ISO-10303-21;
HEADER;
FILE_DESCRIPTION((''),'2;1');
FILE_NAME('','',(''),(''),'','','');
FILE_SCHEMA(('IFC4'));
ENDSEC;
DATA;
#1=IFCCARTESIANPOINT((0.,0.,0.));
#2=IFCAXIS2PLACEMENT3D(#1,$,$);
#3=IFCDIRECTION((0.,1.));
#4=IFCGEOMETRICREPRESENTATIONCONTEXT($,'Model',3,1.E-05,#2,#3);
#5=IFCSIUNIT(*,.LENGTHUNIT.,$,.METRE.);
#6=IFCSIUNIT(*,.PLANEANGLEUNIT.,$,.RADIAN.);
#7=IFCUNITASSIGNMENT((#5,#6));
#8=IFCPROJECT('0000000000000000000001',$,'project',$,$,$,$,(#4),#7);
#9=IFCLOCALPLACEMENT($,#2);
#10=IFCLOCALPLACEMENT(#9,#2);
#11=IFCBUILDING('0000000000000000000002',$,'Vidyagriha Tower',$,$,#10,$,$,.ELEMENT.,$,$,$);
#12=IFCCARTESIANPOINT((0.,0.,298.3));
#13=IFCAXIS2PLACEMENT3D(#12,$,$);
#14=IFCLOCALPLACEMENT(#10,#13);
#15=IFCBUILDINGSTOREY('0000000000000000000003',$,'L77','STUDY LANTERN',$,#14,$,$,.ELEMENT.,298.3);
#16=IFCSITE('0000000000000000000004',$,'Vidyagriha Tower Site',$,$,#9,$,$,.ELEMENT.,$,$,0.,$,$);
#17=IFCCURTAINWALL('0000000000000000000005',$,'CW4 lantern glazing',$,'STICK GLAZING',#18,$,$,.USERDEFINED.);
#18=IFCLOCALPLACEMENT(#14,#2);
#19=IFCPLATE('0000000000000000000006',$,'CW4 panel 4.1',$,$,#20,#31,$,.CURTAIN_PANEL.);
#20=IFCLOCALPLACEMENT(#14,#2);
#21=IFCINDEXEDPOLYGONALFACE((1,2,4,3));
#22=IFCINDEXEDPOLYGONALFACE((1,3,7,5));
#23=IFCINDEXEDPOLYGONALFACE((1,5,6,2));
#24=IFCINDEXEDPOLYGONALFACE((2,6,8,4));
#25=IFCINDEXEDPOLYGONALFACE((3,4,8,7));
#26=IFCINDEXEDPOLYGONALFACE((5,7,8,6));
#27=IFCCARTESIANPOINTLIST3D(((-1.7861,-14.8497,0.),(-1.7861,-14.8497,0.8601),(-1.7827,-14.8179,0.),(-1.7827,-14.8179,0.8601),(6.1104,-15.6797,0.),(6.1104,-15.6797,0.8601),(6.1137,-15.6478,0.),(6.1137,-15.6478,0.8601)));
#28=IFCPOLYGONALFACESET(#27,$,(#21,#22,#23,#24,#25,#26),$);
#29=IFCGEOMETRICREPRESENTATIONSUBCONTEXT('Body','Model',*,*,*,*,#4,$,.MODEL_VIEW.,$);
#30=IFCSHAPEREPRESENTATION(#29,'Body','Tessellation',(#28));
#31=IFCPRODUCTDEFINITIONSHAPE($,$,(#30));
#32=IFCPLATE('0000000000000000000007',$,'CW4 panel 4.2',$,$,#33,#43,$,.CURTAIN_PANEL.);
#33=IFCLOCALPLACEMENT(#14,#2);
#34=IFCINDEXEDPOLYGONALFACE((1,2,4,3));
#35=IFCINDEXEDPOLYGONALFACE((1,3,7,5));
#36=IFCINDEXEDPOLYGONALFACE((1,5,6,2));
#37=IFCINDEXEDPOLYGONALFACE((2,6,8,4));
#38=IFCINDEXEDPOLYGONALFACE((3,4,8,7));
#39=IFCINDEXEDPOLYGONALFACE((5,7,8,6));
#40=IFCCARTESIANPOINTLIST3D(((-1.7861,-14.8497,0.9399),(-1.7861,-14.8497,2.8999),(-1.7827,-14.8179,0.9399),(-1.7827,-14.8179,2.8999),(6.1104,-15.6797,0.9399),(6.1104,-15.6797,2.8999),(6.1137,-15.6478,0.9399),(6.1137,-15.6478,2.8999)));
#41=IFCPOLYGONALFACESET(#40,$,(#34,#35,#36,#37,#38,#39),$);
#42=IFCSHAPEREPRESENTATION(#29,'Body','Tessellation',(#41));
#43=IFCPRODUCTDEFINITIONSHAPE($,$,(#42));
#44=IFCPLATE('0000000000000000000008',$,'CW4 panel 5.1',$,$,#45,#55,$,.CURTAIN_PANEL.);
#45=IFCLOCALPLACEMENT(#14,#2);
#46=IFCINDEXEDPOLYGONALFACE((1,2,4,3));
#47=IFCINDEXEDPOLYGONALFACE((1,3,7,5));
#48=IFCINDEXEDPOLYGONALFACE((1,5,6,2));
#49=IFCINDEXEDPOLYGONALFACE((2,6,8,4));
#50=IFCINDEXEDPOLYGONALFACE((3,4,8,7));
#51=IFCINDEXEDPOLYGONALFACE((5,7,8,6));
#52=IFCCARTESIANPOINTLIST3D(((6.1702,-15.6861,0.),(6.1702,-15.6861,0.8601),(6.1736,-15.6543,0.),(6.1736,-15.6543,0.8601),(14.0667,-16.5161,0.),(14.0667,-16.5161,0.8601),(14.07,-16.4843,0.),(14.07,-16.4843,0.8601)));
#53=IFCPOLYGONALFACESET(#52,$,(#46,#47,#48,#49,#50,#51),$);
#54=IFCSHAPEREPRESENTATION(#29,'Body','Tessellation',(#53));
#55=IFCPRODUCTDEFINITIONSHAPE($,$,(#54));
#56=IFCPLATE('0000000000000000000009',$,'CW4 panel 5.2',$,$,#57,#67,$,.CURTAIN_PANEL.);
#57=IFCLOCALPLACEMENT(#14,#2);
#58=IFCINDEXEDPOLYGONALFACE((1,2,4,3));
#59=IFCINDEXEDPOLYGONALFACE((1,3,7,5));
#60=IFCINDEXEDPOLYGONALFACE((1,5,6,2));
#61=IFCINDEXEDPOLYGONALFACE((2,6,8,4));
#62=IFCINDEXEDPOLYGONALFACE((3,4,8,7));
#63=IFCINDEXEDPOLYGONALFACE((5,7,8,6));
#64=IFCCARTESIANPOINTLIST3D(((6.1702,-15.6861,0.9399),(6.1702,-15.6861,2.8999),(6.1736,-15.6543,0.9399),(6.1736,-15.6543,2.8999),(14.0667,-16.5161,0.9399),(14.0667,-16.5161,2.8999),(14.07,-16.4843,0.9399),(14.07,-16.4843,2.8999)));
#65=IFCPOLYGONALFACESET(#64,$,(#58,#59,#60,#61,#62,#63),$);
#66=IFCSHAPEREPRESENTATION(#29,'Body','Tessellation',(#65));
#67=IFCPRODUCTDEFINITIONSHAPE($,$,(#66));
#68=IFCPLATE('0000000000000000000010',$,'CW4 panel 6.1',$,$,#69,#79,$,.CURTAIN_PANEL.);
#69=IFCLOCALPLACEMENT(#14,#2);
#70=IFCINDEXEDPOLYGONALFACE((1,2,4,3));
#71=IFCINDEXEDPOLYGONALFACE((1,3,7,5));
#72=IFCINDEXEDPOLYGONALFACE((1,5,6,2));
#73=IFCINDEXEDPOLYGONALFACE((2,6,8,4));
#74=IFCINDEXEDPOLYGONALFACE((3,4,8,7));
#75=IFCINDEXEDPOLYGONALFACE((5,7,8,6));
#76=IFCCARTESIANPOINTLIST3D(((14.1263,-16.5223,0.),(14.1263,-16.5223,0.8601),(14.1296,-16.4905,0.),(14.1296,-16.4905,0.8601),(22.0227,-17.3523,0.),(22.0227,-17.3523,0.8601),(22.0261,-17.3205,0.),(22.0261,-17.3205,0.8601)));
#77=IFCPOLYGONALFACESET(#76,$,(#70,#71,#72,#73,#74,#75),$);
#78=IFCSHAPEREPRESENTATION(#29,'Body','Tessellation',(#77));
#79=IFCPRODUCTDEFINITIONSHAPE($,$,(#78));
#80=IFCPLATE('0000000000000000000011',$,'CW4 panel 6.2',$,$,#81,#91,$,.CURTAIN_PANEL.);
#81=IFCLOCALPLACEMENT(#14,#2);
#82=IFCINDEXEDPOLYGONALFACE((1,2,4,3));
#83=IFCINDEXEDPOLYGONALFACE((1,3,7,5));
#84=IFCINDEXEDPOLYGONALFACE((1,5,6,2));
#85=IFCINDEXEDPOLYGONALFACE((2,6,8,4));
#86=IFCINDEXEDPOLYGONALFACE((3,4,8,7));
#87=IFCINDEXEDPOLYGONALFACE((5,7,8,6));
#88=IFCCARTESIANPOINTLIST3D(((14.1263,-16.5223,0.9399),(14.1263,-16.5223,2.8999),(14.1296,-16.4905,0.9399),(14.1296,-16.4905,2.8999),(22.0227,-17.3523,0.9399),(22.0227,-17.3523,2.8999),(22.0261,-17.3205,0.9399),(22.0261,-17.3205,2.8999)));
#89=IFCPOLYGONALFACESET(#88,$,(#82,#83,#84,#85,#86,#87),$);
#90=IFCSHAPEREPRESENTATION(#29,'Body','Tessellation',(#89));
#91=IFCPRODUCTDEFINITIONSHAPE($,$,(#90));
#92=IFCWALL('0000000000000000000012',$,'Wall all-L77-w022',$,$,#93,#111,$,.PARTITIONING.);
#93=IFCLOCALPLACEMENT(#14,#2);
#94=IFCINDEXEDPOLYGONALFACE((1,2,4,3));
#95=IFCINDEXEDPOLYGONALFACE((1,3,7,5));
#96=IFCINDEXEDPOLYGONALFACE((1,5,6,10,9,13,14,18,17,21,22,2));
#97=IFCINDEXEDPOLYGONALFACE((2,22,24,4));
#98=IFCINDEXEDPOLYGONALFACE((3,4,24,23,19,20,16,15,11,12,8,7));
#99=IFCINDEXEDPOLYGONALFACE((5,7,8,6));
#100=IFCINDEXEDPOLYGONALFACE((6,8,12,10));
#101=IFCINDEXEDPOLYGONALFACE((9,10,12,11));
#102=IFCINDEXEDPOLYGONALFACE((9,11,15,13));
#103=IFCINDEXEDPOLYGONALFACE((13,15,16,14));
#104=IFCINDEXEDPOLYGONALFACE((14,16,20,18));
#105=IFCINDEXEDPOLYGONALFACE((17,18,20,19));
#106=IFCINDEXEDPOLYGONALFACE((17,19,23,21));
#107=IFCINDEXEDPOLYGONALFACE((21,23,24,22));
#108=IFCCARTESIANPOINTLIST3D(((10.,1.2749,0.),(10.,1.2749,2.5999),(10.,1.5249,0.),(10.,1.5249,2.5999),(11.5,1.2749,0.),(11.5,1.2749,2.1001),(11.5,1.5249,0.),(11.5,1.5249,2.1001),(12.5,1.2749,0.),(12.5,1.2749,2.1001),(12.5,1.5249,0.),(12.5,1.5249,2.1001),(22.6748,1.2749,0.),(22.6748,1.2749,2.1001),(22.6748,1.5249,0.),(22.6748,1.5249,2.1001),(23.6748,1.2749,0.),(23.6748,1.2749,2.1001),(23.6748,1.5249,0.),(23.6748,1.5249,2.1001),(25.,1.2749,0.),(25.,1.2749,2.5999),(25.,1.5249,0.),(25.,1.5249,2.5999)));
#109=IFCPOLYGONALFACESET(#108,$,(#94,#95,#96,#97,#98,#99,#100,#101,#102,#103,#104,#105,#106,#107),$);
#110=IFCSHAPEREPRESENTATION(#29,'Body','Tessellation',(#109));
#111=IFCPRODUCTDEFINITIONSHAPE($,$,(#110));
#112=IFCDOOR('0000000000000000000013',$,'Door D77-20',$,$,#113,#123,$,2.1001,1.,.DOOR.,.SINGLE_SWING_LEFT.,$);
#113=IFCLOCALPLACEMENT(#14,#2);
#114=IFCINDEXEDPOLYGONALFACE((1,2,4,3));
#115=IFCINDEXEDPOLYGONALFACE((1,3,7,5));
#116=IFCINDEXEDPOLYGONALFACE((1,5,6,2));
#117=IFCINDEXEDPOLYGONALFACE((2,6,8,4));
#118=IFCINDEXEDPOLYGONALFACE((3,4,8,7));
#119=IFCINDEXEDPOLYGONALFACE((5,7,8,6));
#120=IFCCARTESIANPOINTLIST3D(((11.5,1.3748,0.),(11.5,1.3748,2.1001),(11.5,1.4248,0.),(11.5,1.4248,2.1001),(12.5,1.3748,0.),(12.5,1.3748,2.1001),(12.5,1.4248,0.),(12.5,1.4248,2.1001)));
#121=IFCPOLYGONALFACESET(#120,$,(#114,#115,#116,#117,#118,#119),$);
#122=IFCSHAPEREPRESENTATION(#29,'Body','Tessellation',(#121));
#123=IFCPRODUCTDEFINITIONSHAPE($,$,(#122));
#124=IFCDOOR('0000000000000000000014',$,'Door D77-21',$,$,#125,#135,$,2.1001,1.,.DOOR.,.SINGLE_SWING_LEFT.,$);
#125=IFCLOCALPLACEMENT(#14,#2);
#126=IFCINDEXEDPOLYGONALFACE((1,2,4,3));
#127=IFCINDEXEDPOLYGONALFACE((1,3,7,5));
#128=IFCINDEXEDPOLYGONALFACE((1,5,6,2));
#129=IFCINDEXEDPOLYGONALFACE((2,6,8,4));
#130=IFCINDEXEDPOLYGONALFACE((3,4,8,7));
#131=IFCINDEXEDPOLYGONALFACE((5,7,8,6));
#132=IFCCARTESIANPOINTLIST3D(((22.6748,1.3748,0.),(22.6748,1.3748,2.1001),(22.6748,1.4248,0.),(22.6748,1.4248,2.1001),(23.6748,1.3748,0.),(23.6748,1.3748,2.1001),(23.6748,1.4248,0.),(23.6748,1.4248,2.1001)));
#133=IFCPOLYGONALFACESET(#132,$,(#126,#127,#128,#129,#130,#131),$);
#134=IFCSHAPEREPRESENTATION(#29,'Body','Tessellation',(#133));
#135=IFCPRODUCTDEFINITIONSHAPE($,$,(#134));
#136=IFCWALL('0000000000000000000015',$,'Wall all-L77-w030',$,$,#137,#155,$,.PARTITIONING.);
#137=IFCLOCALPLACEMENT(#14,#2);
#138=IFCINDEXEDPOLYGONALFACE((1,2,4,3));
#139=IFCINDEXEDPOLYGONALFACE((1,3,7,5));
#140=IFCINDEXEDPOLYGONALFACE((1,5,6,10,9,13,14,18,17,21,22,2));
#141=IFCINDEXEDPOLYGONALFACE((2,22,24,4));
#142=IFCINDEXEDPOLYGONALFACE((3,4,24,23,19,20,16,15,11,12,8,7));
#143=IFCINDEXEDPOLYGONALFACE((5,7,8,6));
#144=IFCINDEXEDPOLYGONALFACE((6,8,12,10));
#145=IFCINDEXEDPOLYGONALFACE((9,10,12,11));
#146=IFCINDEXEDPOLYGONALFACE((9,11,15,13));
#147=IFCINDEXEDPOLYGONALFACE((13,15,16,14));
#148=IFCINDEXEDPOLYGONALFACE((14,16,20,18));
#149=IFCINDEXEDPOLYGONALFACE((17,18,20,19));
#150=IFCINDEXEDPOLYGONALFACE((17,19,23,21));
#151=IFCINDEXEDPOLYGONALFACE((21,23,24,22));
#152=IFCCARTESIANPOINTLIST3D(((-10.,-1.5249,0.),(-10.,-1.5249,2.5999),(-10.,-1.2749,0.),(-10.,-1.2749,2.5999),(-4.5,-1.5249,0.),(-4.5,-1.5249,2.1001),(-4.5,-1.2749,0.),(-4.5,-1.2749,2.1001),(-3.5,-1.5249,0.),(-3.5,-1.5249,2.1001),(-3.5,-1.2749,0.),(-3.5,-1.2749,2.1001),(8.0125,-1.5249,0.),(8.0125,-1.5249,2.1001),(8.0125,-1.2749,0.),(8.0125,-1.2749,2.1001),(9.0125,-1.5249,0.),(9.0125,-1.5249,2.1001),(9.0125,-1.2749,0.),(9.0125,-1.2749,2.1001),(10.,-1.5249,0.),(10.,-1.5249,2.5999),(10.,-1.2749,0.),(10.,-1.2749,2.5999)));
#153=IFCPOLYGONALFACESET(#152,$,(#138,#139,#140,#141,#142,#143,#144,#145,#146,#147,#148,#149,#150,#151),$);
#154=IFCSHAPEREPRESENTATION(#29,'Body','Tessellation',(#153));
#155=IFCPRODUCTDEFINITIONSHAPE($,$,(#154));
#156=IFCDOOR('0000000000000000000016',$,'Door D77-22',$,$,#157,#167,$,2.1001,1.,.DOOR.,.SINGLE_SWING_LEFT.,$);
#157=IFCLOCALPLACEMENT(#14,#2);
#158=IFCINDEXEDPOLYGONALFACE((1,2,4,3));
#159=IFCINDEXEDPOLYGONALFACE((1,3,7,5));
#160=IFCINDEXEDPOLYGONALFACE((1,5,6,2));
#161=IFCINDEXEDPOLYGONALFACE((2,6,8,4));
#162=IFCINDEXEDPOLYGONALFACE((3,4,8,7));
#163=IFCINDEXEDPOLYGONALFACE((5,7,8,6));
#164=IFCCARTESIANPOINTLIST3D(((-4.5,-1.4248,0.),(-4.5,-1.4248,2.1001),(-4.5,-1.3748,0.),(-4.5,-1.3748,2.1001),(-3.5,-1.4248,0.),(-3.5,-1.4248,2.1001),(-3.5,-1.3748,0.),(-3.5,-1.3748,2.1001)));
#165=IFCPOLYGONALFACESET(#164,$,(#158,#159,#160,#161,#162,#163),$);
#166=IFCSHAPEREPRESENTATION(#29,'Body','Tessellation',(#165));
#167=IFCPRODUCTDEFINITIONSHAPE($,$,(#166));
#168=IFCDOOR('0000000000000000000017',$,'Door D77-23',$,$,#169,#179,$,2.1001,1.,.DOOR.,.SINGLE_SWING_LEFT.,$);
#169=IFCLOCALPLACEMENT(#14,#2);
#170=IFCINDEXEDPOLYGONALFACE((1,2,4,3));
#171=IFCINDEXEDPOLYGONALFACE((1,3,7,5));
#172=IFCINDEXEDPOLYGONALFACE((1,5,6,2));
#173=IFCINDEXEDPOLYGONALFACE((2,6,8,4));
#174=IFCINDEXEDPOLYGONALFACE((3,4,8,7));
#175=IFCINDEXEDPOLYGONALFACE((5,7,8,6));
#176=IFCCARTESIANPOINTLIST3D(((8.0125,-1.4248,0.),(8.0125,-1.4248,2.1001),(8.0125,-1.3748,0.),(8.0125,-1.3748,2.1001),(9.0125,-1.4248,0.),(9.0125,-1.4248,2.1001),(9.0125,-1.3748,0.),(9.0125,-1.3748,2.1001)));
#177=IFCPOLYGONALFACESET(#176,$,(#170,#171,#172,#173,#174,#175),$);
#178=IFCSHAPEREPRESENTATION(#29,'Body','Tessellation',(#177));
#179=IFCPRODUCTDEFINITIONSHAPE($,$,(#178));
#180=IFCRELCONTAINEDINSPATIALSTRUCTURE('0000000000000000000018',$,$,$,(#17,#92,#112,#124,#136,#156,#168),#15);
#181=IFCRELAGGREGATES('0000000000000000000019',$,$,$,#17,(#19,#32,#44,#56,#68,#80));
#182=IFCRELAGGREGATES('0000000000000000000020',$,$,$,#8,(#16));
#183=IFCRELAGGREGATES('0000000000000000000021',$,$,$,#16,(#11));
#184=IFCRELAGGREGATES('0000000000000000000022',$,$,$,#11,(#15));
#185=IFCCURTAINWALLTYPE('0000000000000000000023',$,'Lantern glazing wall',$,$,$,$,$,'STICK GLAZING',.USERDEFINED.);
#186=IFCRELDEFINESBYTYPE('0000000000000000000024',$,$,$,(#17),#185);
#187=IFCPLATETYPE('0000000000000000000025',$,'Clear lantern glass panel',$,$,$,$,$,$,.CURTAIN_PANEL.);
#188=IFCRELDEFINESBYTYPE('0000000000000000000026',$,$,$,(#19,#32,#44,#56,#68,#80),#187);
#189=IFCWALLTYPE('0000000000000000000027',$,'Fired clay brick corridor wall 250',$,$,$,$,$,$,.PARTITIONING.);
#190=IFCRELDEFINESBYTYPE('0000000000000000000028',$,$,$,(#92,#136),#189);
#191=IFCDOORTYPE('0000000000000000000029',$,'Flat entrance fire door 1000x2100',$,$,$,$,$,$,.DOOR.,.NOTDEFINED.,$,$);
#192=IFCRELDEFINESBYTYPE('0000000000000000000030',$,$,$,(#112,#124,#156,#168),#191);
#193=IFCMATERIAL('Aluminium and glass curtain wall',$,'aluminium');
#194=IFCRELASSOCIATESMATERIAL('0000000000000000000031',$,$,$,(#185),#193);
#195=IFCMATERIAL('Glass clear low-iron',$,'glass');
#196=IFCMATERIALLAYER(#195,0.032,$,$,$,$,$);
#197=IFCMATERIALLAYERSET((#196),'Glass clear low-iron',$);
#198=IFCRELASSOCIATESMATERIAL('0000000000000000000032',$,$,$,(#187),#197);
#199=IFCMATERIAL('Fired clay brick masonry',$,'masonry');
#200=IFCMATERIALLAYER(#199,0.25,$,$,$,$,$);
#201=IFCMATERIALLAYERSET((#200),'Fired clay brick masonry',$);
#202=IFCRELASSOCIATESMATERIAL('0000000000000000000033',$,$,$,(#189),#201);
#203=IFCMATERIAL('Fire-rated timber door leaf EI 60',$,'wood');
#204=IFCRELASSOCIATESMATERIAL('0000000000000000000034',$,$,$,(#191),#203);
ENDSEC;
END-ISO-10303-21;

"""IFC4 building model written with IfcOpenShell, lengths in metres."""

from ifc_helpers import new_model, si_unit, direction, frame, frame_2d, origin, origin_2d, place, context, subcontext, project, spatial, rectangle, extrude, material, layer, layer_set, type_object, element, fill, aggregate, save


model = new_model("IFC4")

# Units and contexts
model_context = context("Model", 3, precision=1e-05, world=origin(), true_north=direction((0.0, 1.0)))
body_context = subcontext(model_context, "Body", "Model", "MODEL_VIEW")
ifc_project = project(units=[si_unit("LENGTHUNIT", "METRE"), si_unit("PLANEANGLEUNIT", "RADIAN")], contexts=[model_context])

# Site, building, storey
site_placement = place(None, origin())
site = spatial("IfcSite", under=ifc_project, at=site_placement, Name="Vidyagriha Tower Site", CompositionType="ELEMENT", RefElevation=0.0)
building_placement = place(site_placement, origin())
building = spatial("IfcBuilding", under=site, at=building_placement, Name="Vidyagriha Tower", CompositionType="ELEMENT")
storey_placement = place(building_placement, frame((0.0, 0.0, 298.3)))
storey = spatial("IfcBuildingStorey", under=building, at=storey_placement, Name="L77", Description="STUDY LANTERN", CompositionType="ELEMENT", Elevation=298.3)

# Curtain wall, plates
ifc_material_1 = material(Name="Aluminium and glass curtain wall", Category="aluminium")
curtain_wall_type = type_object("IfcCurtainWallType", Name="Lantern glazing wall", ElementType="STICK GLAZING", PredefinedType="USERDEFINED", material=ifc_material_1)
curtain_wall_placement = place(storey_placement, origin())
curtain_wall = element("IfcCurtainWall", 1, at=curtain_wall_placement, inside=storey, type_object=curtain_wall_type, Name="CW4 lantern glazing", ObjectType="STICK GLAZING", PredefinedType="USERDEFINED")
ifc_material_2 = material(Name="Glass clear low-iron", Category="glass")
ifc_layer_1 = layer(ifc_material_2, 0.032)
ifc_layer_set_1 = layer_set([ifc_layer_1], Name="Glass clear low-iron")
plate_type = type_object("IfcPlateType", Name="Clear lantern glass panel", PredefinedType="CURTAIN_PANEL", material=ifc_layer_set_1)
plate_1_placement = place(storey_placement, frame((2.1638, -15.2488, 0.0), z_axis=(0.0, 0.0, 1.0), x_axis=(0.994522, -0.104528, 0.0)))
plate_1 = element("IfcPlate", 2, at=plate_1_placement, type_object=plate_type, Name="CW4 panel 4.1", PredefinedType="CURTAIN_PANEL", context=body_context, shape_type="SweptSolid", body=[
    extrude(rectangle(XDim=7.9399, YDim=0.032, at=origin_2d()), origin(), (0.0, 0.0, 1.0), 0.8601),
])
plate_2_placement = place(storey_placement, frame((2.1638, -15.2488, 0.9399), z_axis=(0.0, 0.0, 1.0), x_axis=(0.994522, -0.104528, 0.0)))
plate_2 = element("IfcPlate", 3, at=plate_2_placement, type_object=plate_type, Name="CW4 panel 4.2", PredefinedType="CURTAIN_PANEL", context=body_context, shape_type="SweptSolid", body=[
    extrude(rectangle(XDim=7.9399, YDim=0.032, at=origin_2d()), origin(), (0.0, 0.0, 1.0), 1.96),
])
plate_3_placement = place(storey_placement, frame((10.1201, -16.0852, 0.0), z_axis=(0.0, 0.0, 1.0), x_axis=(0.994522, -0.104528, 0.0)))
plate_3 = element("IfcPlate", 4, at=plate_3_placement, type_object=plate_type, Name="CW4 panel 5.1", PredefinedType="CURTAIN_PANEL", context=body_context, shape_type="SweptSolid", body=[
    extrude(rectangle(XDim=7.9399, YDim=0.032, at=origin_2d()), origin(), (0.0, 0.0, 1.0), 0.8601),
])
plate_4_placement = place(storey_placement, frame((10.1201, -16.0852, 0.9399), z_axis=(0.0, 0.0, 1.0), x_axis=(0.994522, -0.104528, 0.0)))
plate_4 = element("IfcPlate", 5, at=plate_4_placement, type_object=plate_type, Name="CW4 panel 5.2", PredefinedType="CURTAIN_PANEL", context=body_context, shape_type="SweptSolid", body=[
    extrude(rectangle(XDim=7.9399, YDim=0.032, at=origin_2d()), origin(), (0.0, 0.0, 1.0), 1.96),
])
plate_5_placement = place(storey_placement, frame((18.0762, -16.9214, 0.0), z_axis=(0.0, 0.0, 1.0), x_axis=(0.994522, -0.104528, 0.0)))
plate_5 = element("IfcPlate", 6, at=plate_5_placement, type_object=plate_type, Name="CW4 panel 6.1", PredefinedType="CURTAIN_PANEL", context=body_context, shape_type="SweptSolid", body=[
    extrude(rectangle(XDim=7.9399, YDim=0.032, at=origin_2d()), origin(), (0.0, 0.0, 1.0), 0.8601),
])
plate_6_placement = place(storey_placement, frame((18.0762, -16.9214, 0.9399), z_axis=(0.0, 0.0, 1.0), x_axis=(0.994522, -0.104528, 0.0)))
plate_6 = element("IfcPlate", 7, at=plate_6_placement, type_object=plate_type, Name="CW4 panel 6.2", PredefinedType="CURTAIN_PANEL", context=body_context, shape_type="SweptSolid", body=[
    extrude(rectangle(XDim=7.9399, YDim=0.032, at=origin_2d()), origin(), (0.0, 0.0, 1.0), 1.96),
])
aggregate(curtain_wall, [plate_1, plate_2, plate_3, plate_4, plate_5, plate_6])

# Walls, openings, doors
ifc_material_3 = material(Name="Fired clay brick masonry", Category="masonry")
ifc_layer_2 = layer(ifc_material_3, 0.25)
ifc_layer_set_2 = layer_set([ifc_layer_2], Name="Fired clay brick masonry")
wall_type_1 = type_object("IfcWallType", Name="Fired clay brick corridor wall 250", PredefinedType="PARTITIONING", material=ifc_layer_set_2)
wall_1_placement = place(storey_placement, frame((10.0, 1.3999, 0.0)))
wall_1 = element("IfcWall", 8, at=wall_1_placement, inside=storey, type_object=wall_type_1, Name="Wall all-L77-w022", PredefinedType="PARTITIONING", context=body_context, shape_type="SweptSolid", body=[
    extrude(rectangle(XDim=15.0, YDim=0.25, at=frame_2d((7.5, 0.0))), origin(), (0.0, 0.0, 1.0), 2.5999),
])
opening_1_placement = place(wall_1_placement, frame((1.5, 0.0, 0.0)))
opening_1 = element("IfcOpeningElement", 9, at=opening_1_placement, cuts=wall_1, PredefinedType="OPENING", context=body_context, shape_type="SweptSolid", body=[
    extrude(rectangle(XDim=1.0, YDim=2.1001, at=frame_2d((0.5, 1.05))), frame((0.0, 0.135, 0.0), z_axis=(0.0, -1.0, 0.0), x_axis=(1.0, 0.0, 0.0)), (0.0, 0.0, 1.0), 0.27),
])
opening_2_placement = place(wall_1_placement, frame((12.6748, 0.0, 0.0)))
opening_2 = element("IfcOpeningElement", 10, at=opening_2_placement, cuts=wall_1, PredefinedType="OPENING", context=body_context, shape_type="SweptSolid", body=[
    extrude(rectangle(XDim=1.0, YDim=2.1001, at=frame_2d((0.5, 1.05))), frame((0.0, 0.135, 0.0), z_axis=(0.0, -1.0, 0.0), x_axis=(1.0, 0.0, 0.0)), (0.0, 0.0, 1.0), 0.27),
])
ifc_material_4 = material(Name="Fire-rated timber door leaf EI 60", Category="wood")
door_type = type_object("IfcDoorType", Name="Flat entrance fire door 1000x2100", OperationType="NOTDEFINED", PredefinedType="DOOR", material=ifc_material_4)
door_1_placement = place(opening_1_placement, origin())
door_1 = element("IfcDoor", 11, at=door_1_placement, inside=storey, type_object=door_type, Name="Door D77-20", OperationType="SINGLE_SWING_LEFT", OverallHeight=2.1001, OverallWidth=1.0, PredefinedType="DOOR", context=body_context, shape_type="SweptSolid", body=[
    extrude(rectangle(XDim=1.0, YDim=2.1001, at=frame_2d((0.5, 1.05))), frame((0.0, 0.0249, 0.0), z_axis=(0.0, -1.0, 0.0), x_axis=(1.0, 0.0, 0.0)), (0.0, 0.0, 1.0), 0.05),
])
fill(opening_1, door_1)
door_2_placement = place(opening_2_placement, origin())
door_2 = element("IfcDoor", 12, at=door_2_placement, inside=storey, type_object=door_type, Name="Door D77-21", OperationType="SINGLE_SWING_LEFT", OverallHeight=2.1001, OverallWidth=1.0, PredefinedType="DOOR", context=body_context, shape_type="SweptSolid", body=[
    extrude(rectangle(XDim=1.0, YDim=2.1001, at=frame_2d((0.5, 1.05))), frame((0.0, 0.0249, 0.0), z_axis=(0.0, -1.0, 0.0), x_axis=(1.0, 0.0, 0.0)), (0.0, 0.0, 1.0), 0.05),
])
fill(opening_2, door_2)
wall_2_placement = place(storey_placement, frame((10.0, -1.3999, 0.0), z_axis=(0.0, 0.0, 1.0), x_axis=(-1.0, 0.0, 0.0)))
wall_2 = element("IfcWall", 13, at=wall_2_placement, inside=storey, type_object=wall_type_1, Name="Wall all-L77-w030", PredefinedType="PARTITIONING", context=body_context, shape_type="SweptSolid", body=[
    extrude(rectangle(XDim=20.0, YDim=0.25, at=frame_2d((10.0, 0.0))), origin(), (0.0, 0.0, 1.0), 2.5999),
])
opening_3_placement = place(wall_2_placement, frame((13.5, 0.0, 0.0)))
opening_3 = element("IfcOpeningElement", 14, at=opening_3_placement, cuts=wall_2, PredefinedType="OPENING", context=body_context, shape_type="SweptSolid", body=[
    extrude(rectangle(XDim=1.0, YDim=2.1001, at=frame_2d((0.5, 1.05))), frame((0.0, 0.135, 0.0), z_axis=(0.0, -1.0, 0.0), x_axis=(1.0, 0.0, 0.0)), (0.0, 0.0, 1.0), 0.27),
])
opening_4_placement = place(wall_2_placement, frame((0.9875, 0.0, 0.0)))
opening_4 = element("IfcOpeningElement", 15, at=opening_4_placement, cuts=wall_2, PredefinedType="OPENING", context=body_context, shape_type="SweptSolid", body=[
    extrude(rectangle(XDim=1.0, YDim=2.1001, at=frame_2d((0.5, 1.05))), frame((0.0, 0.135, 0.0), z_axis=(0.0, -1.0, 0.0), x_axis=(1.0, 0.0, 0.0)), (0.0, 0.0, 1.0), 0.27),
])
door_3_placement = place(opening_3_placement, origin())
door_3 = element("IfcDoor", 16, at=door_3_placement, inside=storey, type_object=door_type, Name="Door D77-22", OperationType="SINGLE_SWING_LEFT", OverallHeight=2.1001, OverallWidth=1.0, PredefinedType="DOOR", context=body_context, shape_type="SweptSolid", body=[
    extrude(rectangle(XDim=1.0, YDim=2.1001, at=frame_2d((0.5, 1.05))), frame((0.0, 0.0249, 0.0), z_axis=(0.0, -1.0, 0.0), x_axis=(1.0, 0.0, 0.0)), (0.0, 0.0, 1.0), 0.05),
])
fill(opening_3, door_3)
door_4_placement = place(opening_4_placement, origin())
door_4 = element("IfcDoor", 17, at=door_4_placement, inside=storey, type_object=door_type, Name="Door D77-23", OperationType="SINGLE_SWING_LEFT", OverallHeight=2.1001, OverallWidth=1.0, PredefinedType="DOOR", context=body_context, shape_type="SweptSolid", body=[
    extrude(rectangle(XDim=1.0, YDim=2.1001, at=frame_2d((0.5, 1.05))), frame((0.0, 0.0249, 0.0), z_axis=(0.0, -1.0, 0.0), x_axis=(1.0, 0.0, 0.0)), (0.0, 0.0, 1.0), 0.05),
])
fill(opening_4, door_4)

save(model, "model.ifc")
